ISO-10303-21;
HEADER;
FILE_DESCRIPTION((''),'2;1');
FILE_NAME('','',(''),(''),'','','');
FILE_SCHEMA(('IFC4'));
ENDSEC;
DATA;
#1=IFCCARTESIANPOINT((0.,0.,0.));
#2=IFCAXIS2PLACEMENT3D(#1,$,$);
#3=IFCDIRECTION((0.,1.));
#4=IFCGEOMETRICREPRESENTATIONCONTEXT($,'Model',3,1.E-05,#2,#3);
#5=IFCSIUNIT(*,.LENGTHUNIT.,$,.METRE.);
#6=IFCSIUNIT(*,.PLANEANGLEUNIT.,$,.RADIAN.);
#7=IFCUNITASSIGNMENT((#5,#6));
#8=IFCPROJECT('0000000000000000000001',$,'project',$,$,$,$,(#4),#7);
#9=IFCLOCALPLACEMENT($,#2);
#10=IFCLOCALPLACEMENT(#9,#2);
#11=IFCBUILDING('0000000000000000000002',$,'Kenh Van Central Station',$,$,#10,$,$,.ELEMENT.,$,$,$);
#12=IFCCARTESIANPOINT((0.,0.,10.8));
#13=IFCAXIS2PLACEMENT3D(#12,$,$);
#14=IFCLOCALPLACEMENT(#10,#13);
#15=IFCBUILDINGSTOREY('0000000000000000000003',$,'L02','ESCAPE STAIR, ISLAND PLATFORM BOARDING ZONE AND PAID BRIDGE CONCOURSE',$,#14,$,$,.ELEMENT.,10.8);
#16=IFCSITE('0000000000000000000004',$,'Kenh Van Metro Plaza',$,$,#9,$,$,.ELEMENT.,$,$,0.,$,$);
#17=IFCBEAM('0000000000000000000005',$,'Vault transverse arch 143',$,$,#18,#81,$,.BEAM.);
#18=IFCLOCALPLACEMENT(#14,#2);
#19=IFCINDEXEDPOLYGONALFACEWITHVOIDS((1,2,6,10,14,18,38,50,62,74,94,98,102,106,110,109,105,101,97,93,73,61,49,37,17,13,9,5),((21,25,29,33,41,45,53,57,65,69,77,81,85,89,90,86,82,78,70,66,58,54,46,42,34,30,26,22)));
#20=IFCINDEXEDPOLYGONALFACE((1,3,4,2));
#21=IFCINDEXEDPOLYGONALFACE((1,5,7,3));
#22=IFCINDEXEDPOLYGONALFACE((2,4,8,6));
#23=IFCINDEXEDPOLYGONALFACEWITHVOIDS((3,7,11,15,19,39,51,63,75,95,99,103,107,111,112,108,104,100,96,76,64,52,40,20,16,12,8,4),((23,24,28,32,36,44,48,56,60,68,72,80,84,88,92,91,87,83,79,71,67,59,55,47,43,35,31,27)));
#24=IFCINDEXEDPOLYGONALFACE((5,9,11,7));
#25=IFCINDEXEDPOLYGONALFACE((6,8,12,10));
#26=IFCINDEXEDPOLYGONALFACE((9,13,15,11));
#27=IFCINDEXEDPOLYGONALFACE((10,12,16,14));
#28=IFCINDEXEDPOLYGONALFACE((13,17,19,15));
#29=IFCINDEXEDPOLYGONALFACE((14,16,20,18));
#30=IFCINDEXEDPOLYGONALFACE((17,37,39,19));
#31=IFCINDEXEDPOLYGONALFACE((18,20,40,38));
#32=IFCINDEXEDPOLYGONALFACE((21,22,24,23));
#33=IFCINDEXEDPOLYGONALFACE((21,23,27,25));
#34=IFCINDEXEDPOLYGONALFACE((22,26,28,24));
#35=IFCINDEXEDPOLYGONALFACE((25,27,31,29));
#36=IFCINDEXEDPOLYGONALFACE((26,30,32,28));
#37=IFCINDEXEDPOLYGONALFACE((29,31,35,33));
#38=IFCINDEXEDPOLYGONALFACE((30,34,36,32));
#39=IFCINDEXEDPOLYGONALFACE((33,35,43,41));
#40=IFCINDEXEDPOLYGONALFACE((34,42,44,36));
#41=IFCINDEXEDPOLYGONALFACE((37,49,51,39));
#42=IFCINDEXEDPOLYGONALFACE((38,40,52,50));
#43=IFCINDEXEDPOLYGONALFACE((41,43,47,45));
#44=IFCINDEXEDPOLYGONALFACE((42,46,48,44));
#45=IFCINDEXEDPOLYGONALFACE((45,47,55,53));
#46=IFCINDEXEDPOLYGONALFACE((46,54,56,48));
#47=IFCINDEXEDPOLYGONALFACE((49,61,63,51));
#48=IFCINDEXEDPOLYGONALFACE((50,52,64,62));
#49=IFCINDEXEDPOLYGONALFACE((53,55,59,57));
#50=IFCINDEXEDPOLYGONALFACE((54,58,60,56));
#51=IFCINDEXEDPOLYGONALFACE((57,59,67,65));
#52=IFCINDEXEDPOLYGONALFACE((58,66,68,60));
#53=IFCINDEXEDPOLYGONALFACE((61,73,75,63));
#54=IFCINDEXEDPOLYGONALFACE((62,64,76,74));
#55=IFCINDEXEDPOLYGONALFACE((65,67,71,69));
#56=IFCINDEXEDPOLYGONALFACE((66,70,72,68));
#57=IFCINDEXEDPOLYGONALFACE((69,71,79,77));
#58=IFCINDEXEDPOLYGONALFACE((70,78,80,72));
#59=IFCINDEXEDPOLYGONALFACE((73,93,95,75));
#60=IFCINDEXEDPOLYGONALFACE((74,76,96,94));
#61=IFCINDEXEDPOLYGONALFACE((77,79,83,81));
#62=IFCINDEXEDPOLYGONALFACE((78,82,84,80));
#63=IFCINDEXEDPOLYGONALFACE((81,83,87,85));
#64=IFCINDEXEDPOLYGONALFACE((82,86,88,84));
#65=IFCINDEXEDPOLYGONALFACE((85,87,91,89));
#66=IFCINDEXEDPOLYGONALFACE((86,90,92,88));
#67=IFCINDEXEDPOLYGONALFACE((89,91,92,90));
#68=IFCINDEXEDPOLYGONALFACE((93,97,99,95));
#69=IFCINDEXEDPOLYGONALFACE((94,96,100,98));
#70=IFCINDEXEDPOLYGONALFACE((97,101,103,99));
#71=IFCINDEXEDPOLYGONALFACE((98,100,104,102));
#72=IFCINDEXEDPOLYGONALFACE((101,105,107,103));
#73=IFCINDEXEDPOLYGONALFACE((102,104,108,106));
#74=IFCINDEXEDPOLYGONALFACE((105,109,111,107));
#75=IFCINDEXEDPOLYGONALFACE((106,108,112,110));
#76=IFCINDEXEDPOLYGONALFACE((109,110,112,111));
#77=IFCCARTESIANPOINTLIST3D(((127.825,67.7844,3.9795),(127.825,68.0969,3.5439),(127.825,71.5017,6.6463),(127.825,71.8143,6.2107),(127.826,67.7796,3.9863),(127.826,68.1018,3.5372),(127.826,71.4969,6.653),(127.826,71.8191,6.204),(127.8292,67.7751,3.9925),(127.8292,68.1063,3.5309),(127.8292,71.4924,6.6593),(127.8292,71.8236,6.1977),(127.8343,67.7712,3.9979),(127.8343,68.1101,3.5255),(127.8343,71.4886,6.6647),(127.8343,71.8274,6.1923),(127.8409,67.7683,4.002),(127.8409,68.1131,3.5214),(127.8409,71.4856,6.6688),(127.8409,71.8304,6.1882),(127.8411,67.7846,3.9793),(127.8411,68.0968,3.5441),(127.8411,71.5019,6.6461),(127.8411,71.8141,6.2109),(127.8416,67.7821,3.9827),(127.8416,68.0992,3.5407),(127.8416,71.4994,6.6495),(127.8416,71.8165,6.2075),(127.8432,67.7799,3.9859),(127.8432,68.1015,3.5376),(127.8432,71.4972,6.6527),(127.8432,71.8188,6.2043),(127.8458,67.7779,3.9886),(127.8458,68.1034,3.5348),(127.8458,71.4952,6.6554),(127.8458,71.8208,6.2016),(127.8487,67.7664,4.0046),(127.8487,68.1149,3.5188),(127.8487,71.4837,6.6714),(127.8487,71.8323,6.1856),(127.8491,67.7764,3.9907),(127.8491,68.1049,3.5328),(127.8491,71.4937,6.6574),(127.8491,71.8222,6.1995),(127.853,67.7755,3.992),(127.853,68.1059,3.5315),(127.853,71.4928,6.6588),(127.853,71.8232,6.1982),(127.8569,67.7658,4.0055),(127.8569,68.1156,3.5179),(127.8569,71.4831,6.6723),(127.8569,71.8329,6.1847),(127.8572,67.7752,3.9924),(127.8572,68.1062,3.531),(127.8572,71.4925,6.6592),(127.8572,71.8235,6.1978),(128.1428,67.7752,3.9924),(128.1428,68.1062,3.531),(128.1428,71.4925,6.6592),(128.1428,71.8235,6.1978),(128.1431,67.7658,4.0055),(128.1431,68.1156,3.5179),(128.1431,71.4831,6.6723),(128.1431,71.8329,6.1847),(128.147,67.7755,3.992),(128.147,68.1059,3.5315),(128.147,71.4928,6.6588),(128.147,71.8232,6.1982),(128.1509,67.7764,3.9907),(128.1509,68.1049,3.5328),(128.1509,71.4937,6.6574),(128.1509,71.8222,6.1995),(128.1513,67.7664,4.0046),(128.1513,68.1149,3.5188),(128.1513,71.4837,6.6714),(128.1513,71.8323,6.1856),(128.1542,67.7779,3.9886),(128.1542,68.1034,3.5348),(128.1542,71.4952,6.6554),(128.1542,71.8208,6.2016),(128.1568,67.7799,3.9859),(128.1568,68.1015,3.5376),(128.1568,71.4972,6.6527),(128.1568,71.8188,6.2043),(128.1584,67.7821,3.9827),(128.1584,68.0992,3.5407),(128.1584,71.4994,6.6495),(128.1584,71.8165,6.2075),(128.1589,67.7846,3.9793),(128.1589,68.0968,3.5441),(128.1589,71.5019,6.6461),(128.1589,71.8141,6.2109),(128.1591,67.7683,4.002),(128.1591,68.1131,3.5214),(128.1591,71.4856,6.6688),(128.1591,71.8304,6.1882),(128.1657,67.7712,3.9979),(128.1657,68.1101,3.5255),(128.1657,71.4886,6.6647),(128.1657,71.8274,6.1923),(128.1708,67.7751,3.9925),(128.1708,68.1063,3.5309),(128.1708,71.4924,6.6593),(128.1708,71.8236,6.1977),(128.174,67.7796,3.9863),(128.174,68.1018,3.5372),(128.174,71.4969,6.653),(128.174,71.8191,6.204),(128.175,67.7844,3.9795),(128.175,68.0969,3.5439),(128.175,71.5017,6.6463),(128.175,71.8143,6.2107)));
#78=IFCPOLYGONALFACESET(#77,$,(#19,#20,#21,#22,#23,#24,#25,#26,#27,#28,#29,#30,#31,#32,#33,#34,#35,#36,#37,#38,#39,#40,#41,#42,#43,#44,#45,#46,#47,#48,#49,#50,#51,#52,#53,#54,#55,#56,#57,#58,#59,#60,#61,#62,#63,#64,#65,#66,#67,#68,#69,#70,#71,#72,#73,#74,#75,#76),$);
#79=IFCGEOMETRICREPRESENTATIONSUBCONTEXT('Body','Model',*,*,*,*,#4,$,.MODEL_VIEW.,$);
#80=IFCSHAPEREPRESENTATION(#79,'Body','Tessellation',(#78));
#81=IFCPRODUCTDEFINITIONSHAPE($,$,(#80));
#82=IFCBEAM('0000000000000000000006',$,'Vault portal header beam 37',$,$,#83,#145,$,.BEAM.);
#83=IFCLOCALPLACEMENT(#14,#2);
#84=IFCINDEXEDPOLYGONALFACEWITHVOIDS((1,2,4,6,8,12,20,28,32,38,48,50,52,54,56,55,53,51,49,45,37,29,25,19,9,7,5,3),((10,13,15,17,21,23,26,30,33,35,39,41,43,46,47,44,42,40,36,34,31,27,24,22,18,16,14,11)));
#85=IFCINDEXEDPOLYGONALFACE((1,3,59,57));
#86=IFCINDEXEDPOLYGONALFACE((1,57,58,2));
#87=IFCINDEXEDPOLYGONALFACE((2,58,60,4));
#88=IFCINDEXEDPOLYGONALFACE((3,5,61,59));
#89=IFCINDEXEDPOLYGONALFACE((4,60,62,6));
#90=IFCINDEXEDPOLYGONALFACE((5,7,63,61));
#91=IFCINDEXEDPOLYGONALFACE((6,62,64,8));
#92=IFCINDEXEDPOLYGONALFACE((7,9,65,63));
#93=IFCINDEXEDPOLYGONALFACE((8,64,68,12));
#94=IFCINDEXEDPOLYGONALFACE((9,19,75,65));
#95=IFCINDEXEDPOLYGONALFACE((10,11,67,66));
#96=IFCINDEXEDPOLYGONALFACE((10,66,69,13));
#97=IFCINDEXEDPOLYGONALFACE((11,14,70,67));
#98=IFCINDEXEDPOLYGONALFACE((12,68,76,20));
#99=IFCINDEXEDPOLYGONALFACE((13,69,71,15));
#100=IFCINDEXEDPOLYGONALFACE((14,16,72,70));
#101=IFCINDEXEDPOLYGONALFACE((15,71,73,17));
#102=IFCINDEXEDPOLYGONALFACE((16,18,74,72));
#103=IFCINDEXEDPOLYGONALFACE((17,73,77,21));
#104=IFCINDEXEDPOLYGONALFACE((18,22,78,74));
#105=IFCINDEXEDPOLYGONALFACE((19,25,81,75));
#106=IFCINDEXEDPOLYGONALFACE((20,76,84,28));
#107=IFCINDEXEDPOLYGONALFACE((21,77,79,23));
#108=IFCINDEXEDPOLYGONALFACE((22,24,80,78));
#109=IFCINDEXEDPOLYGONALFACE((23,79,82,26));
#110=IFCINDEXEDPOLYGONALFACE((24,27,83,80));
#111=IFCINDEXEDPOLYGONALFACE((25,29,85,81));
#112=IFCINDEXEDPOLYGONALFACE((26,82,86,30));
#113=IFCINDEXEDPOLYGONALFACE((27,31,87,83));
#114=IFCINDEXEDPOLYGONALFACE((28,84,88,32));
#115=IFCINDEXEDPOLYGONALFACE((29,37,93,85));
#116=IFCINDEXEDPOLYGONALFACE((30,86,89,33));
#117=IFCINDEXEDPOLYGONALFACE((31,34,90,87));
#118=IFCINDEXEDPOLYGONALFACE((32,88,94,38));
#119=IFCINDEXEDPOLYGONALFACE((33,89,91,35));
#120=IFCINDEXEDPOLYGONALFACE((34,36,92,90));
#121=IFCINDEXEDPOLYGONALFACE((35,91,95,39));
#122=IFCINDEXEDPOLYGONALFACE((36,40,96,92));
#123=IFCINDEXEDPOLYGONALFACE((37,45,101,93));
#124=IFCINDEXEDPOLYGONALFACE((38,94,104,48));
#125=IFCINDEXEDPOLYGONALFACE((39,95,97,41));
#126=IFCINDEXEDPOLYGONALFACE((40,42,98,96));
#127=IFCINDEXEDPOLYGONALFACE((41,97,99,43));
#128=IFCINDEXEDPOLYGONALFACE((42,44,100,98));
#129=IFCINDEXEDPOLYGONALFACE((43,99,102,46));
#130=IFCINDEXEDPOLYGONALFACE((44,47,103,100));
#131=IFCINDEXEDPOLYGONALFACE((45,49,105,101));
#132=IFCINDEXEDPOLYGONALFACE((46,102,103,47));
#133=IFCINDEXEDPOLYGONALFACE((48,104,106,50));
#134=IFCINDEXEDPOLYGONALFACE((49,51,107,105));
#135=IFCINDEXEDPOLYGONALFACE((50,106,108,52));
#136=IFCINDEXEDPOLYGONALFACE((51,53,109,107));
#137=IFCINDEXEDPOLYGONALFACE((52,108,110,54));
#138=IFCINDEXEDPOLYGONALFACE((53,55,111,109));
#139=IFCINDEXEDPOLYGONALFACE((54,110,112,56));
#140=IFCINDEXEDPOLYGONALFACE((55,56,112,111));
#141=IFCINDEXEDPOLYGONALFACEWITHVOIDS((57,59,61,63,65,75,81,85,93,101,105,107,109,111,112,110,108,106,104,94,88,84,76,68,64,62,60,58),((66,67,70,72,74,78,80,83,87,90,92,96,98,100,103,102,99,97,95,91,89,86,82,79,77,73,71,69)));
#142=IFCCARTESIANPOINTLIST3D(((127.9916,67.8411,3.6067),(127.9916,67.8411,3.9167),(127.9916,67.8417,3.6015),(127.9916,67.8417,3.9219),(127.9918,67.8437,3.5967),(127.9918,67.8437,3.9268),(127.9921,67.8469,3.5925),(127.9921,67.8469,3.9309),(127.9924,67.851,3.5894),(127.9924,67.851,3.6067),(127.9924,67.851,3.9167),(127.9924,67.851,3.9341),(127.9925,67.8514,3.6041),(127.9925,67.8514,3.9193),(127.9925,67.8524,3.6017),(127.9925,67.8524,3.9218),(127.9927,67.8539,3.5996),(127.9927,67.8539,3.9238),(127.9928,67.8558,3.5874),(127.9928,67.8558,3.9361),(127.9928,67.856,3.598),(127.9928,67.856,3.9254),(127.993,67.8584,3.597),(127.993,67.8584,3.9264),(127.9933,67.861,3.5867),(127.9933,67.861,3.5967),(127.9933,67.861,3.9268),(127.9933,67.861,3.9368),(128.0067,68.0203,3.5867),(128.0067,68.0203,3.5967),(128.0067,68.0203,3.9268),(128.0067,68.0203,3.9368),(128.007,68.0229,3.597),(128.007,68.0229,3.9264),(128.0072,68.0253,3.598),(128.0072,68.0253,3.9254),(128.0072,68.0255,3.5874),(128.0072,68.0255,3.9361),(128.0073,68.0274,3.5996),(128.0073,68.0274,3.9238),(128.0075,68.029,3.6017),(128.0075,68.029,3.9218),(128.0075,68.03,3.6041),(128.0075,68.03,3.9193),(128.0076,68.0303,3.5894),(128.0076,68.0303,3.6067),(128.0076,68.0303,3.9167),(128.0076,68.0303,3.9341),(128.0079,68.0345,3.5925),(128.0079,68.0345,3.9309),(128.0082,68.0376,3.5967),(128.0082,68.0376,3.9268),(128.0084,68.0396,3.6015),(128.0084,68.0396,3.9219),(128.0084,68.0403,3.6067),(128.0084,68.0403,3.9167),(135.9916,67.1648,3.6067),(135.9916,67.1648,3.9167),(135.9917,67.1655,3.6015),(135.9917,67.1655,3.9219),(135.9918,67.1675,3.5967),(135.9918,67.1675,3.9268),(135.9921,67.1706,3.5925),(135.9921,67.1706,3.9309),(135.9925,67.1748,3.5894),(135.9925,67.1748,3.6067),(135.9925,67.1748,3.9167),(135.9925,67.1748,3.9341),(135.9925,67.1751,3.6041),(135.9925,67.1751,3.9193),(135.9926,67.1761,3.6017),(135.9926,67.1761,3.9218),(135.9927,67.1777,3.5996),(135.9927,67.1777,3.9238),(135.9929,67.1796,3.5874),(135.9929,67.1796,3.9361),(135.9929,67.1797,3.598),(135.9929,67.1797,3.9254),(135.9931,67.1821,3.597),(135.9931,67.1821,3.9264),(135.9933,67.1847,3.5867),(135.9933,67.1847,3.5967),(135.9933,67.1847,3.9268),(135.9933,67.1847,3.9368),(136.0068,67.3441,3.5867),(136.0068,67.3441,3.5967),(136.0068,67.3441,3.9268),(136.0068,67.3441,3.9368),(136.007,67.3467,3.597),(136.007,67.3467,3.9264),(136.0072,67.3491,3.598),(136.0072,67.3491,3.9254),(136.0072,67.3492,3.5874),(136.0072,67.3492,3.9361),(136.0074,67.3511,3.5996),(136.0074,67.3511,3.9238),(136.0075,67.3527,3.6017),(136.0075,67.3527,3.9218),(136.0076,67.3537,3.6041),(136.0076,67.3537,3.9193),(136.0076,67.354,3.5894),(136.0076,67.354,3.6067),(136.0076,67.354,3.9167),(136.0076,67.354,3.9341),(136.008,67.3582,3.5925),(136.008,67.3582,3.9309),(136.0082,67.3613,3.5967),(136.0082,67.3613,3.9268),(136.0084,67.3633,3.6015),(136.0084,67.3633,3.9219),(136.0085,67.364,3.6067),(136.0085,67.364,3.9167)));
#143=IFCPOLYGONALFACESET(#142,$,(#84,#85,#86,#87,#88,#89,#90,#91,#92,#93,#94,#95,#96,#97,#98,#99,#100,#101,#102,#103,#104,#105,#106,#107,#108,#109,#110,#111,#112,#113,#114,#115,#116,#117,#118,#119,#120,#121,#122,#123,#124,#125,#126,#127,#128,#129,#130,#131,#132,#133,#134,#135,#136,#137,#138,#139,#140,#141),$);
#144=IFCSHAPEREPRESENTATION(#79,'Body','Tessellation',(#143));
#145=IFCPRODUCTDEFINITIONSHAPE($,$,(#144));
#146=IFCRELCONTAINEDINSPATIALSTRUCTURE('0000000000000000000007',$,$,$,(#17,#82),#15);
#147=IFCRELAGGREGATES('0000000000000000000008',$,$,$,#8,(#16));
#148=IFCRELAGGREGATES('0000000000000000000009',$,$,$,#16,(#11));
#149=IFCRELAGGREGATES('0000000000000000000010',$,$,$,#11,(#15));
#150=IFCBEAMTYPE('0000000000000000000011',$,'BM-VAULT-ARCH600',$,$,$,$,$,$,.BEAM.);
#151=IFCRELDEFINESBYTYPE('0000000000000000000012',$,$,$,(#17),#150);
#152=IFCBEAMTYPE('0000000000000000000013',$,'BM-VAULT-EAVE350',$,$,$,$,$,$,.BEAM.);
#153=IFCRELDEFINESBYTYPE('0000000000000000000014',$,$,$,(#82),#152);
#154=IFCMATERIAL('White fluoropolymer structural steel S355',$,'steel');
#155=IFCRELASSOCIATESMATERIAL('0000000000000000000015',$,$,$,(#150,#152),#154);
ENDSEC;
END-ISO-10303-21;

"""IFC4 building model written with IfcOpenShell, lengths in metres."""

from ifc_helpers import new_model, si_unit, direction, frame, origin, origin_2d, place, context, subcontext, project, spatial, hollow_rectangle, extrude, material, material_profile, profile_set, type_object, element, save


model = new_model("IFC4")

# Units and contexts
model_context = context("Model", 3, precision=1e-05, world=origin(), true_north=direction((0.0, 1.0)))
body_context = subcontext(model_context, "Body", "Model", "MODEL_VIEW")
ifc_project = project(units=[si_unit("LENGTHUNIT", "METRE"), si_unit("PLANEANGLEUNIT", "RADIAN")], contexts=[model_context])

# Site, building, storey
site_placement = place(None, origin())
site = spatial("IfcSite", under=ifc_project, at=site_placement, Name="Kenh Van Metro Plaza", CompositionType="ELEMENT", RefElevation=0.0)
building_placement = place(site_placement, origin())
building = spatial("IfcBuilding", under=site, at=building_placement, Name="Kenh Van Central Station", CompositionType="ELEMENT")
storey_placement = place(building_placement, frame((0.0, 0.0, 10.8)))
storey = spatial("IfcBuildingStorey", under=building, at=storey_placement, Name="L02", Description="ESCAPE STAIR, ISLAND PLATFORM BOARDING ZONE AND PAID BRIDGE CONCOURSE", CompositionType="ELEMENT", Elevation=10.8)

# Beams
ifc_material_1 = material(Name="White fluoropolymer structural steel S355", Category="steel")
ifc_material_profile_1 = material_profile(ifc_material_1, hollow_rectangle(XDim=0.3501, YDim=0.6001, WallThickness=0.0161, InnerFilletRadius=0.0161, OuterFilletRadius=0.032, at=origin_2d()), Name="RHS 600x350x16")
ifc_profile_set_1 = profile_set([ifc_material_profile_1], Name="White fluoropolymer structural steel S355")
beam_type_1 = type_object("IfcBeamType", Name="BM-VAULT-ARCH600", PredefinedType="BEAM", material=ifc_profile_set_1)
beam_1_placement = place(storey_placement, frame((128.0, 67.9407, 3.7617), z_axis=(0.0, 0.812538, 0.582908), x_axis=(-1.0, 0.0, 0.0)))
element("IfcBeam", 1, at=beam_1_placement, inside=storey, type_object=beam_type_1, Name="Vault transverse arch 143", PredefinedType="BEAM", context=body_context, shape_type="SweptSolid", body=[
    extrude(hollow_rectangle(XDim=0.3501, YDim=0.6001, WallThickness=0.0161, InnerFilletRadius=0.0161, OuterFilletRadius=0.032, at=origin_2d()), origin(), (0.0, 0.0, 1.0), 4.575),
])
ifc_material_profile_2 = material_profile(ifc_material_1, hollow_rectangle(XDim=0.2, YDim=0.3501, WallThickness=0.01, InnerFilletRadius=0.01, OuterFilletRadius=0.02, at=origin_2d()), Name="RHS 350x200x10")
ifc_profile_set_2 = profile_set([ifc_material_profile_2], Name="White fluoropolymer structural steel S355")
beam_type_2 = type_object("IfcBeamType", Name="BM-VAULT-EAVE350", PredefinedType="BEAM", material=ifc_profile_set_2)
beam_2_placement = place(storey_placement, frame((128.0, 67.9407, 3.7617), z_axis=(0.996446, -0.084233, 0.0), x_axis=(0.084233, 0.996446, 0.0)))
element("IfcBeam", 2, at=beam_2_placement, inside=storey, type_object=beam_type_2, Name="Vault portal header beam 37", PredefinedType="BEAM", context=body_context, shape_type="SweptSolid", body=[
    extrude(hollow_rectangle(XDim=0.2, YDim=0.3501, WallThickness=0.01, InnerFilletRadius=0.01, OuterFilletRadius=0.02, at=origin_2d()), origin(), (0.0, 0.0, 1.0), 8.0286),
])

save(model, "model.ifc")
